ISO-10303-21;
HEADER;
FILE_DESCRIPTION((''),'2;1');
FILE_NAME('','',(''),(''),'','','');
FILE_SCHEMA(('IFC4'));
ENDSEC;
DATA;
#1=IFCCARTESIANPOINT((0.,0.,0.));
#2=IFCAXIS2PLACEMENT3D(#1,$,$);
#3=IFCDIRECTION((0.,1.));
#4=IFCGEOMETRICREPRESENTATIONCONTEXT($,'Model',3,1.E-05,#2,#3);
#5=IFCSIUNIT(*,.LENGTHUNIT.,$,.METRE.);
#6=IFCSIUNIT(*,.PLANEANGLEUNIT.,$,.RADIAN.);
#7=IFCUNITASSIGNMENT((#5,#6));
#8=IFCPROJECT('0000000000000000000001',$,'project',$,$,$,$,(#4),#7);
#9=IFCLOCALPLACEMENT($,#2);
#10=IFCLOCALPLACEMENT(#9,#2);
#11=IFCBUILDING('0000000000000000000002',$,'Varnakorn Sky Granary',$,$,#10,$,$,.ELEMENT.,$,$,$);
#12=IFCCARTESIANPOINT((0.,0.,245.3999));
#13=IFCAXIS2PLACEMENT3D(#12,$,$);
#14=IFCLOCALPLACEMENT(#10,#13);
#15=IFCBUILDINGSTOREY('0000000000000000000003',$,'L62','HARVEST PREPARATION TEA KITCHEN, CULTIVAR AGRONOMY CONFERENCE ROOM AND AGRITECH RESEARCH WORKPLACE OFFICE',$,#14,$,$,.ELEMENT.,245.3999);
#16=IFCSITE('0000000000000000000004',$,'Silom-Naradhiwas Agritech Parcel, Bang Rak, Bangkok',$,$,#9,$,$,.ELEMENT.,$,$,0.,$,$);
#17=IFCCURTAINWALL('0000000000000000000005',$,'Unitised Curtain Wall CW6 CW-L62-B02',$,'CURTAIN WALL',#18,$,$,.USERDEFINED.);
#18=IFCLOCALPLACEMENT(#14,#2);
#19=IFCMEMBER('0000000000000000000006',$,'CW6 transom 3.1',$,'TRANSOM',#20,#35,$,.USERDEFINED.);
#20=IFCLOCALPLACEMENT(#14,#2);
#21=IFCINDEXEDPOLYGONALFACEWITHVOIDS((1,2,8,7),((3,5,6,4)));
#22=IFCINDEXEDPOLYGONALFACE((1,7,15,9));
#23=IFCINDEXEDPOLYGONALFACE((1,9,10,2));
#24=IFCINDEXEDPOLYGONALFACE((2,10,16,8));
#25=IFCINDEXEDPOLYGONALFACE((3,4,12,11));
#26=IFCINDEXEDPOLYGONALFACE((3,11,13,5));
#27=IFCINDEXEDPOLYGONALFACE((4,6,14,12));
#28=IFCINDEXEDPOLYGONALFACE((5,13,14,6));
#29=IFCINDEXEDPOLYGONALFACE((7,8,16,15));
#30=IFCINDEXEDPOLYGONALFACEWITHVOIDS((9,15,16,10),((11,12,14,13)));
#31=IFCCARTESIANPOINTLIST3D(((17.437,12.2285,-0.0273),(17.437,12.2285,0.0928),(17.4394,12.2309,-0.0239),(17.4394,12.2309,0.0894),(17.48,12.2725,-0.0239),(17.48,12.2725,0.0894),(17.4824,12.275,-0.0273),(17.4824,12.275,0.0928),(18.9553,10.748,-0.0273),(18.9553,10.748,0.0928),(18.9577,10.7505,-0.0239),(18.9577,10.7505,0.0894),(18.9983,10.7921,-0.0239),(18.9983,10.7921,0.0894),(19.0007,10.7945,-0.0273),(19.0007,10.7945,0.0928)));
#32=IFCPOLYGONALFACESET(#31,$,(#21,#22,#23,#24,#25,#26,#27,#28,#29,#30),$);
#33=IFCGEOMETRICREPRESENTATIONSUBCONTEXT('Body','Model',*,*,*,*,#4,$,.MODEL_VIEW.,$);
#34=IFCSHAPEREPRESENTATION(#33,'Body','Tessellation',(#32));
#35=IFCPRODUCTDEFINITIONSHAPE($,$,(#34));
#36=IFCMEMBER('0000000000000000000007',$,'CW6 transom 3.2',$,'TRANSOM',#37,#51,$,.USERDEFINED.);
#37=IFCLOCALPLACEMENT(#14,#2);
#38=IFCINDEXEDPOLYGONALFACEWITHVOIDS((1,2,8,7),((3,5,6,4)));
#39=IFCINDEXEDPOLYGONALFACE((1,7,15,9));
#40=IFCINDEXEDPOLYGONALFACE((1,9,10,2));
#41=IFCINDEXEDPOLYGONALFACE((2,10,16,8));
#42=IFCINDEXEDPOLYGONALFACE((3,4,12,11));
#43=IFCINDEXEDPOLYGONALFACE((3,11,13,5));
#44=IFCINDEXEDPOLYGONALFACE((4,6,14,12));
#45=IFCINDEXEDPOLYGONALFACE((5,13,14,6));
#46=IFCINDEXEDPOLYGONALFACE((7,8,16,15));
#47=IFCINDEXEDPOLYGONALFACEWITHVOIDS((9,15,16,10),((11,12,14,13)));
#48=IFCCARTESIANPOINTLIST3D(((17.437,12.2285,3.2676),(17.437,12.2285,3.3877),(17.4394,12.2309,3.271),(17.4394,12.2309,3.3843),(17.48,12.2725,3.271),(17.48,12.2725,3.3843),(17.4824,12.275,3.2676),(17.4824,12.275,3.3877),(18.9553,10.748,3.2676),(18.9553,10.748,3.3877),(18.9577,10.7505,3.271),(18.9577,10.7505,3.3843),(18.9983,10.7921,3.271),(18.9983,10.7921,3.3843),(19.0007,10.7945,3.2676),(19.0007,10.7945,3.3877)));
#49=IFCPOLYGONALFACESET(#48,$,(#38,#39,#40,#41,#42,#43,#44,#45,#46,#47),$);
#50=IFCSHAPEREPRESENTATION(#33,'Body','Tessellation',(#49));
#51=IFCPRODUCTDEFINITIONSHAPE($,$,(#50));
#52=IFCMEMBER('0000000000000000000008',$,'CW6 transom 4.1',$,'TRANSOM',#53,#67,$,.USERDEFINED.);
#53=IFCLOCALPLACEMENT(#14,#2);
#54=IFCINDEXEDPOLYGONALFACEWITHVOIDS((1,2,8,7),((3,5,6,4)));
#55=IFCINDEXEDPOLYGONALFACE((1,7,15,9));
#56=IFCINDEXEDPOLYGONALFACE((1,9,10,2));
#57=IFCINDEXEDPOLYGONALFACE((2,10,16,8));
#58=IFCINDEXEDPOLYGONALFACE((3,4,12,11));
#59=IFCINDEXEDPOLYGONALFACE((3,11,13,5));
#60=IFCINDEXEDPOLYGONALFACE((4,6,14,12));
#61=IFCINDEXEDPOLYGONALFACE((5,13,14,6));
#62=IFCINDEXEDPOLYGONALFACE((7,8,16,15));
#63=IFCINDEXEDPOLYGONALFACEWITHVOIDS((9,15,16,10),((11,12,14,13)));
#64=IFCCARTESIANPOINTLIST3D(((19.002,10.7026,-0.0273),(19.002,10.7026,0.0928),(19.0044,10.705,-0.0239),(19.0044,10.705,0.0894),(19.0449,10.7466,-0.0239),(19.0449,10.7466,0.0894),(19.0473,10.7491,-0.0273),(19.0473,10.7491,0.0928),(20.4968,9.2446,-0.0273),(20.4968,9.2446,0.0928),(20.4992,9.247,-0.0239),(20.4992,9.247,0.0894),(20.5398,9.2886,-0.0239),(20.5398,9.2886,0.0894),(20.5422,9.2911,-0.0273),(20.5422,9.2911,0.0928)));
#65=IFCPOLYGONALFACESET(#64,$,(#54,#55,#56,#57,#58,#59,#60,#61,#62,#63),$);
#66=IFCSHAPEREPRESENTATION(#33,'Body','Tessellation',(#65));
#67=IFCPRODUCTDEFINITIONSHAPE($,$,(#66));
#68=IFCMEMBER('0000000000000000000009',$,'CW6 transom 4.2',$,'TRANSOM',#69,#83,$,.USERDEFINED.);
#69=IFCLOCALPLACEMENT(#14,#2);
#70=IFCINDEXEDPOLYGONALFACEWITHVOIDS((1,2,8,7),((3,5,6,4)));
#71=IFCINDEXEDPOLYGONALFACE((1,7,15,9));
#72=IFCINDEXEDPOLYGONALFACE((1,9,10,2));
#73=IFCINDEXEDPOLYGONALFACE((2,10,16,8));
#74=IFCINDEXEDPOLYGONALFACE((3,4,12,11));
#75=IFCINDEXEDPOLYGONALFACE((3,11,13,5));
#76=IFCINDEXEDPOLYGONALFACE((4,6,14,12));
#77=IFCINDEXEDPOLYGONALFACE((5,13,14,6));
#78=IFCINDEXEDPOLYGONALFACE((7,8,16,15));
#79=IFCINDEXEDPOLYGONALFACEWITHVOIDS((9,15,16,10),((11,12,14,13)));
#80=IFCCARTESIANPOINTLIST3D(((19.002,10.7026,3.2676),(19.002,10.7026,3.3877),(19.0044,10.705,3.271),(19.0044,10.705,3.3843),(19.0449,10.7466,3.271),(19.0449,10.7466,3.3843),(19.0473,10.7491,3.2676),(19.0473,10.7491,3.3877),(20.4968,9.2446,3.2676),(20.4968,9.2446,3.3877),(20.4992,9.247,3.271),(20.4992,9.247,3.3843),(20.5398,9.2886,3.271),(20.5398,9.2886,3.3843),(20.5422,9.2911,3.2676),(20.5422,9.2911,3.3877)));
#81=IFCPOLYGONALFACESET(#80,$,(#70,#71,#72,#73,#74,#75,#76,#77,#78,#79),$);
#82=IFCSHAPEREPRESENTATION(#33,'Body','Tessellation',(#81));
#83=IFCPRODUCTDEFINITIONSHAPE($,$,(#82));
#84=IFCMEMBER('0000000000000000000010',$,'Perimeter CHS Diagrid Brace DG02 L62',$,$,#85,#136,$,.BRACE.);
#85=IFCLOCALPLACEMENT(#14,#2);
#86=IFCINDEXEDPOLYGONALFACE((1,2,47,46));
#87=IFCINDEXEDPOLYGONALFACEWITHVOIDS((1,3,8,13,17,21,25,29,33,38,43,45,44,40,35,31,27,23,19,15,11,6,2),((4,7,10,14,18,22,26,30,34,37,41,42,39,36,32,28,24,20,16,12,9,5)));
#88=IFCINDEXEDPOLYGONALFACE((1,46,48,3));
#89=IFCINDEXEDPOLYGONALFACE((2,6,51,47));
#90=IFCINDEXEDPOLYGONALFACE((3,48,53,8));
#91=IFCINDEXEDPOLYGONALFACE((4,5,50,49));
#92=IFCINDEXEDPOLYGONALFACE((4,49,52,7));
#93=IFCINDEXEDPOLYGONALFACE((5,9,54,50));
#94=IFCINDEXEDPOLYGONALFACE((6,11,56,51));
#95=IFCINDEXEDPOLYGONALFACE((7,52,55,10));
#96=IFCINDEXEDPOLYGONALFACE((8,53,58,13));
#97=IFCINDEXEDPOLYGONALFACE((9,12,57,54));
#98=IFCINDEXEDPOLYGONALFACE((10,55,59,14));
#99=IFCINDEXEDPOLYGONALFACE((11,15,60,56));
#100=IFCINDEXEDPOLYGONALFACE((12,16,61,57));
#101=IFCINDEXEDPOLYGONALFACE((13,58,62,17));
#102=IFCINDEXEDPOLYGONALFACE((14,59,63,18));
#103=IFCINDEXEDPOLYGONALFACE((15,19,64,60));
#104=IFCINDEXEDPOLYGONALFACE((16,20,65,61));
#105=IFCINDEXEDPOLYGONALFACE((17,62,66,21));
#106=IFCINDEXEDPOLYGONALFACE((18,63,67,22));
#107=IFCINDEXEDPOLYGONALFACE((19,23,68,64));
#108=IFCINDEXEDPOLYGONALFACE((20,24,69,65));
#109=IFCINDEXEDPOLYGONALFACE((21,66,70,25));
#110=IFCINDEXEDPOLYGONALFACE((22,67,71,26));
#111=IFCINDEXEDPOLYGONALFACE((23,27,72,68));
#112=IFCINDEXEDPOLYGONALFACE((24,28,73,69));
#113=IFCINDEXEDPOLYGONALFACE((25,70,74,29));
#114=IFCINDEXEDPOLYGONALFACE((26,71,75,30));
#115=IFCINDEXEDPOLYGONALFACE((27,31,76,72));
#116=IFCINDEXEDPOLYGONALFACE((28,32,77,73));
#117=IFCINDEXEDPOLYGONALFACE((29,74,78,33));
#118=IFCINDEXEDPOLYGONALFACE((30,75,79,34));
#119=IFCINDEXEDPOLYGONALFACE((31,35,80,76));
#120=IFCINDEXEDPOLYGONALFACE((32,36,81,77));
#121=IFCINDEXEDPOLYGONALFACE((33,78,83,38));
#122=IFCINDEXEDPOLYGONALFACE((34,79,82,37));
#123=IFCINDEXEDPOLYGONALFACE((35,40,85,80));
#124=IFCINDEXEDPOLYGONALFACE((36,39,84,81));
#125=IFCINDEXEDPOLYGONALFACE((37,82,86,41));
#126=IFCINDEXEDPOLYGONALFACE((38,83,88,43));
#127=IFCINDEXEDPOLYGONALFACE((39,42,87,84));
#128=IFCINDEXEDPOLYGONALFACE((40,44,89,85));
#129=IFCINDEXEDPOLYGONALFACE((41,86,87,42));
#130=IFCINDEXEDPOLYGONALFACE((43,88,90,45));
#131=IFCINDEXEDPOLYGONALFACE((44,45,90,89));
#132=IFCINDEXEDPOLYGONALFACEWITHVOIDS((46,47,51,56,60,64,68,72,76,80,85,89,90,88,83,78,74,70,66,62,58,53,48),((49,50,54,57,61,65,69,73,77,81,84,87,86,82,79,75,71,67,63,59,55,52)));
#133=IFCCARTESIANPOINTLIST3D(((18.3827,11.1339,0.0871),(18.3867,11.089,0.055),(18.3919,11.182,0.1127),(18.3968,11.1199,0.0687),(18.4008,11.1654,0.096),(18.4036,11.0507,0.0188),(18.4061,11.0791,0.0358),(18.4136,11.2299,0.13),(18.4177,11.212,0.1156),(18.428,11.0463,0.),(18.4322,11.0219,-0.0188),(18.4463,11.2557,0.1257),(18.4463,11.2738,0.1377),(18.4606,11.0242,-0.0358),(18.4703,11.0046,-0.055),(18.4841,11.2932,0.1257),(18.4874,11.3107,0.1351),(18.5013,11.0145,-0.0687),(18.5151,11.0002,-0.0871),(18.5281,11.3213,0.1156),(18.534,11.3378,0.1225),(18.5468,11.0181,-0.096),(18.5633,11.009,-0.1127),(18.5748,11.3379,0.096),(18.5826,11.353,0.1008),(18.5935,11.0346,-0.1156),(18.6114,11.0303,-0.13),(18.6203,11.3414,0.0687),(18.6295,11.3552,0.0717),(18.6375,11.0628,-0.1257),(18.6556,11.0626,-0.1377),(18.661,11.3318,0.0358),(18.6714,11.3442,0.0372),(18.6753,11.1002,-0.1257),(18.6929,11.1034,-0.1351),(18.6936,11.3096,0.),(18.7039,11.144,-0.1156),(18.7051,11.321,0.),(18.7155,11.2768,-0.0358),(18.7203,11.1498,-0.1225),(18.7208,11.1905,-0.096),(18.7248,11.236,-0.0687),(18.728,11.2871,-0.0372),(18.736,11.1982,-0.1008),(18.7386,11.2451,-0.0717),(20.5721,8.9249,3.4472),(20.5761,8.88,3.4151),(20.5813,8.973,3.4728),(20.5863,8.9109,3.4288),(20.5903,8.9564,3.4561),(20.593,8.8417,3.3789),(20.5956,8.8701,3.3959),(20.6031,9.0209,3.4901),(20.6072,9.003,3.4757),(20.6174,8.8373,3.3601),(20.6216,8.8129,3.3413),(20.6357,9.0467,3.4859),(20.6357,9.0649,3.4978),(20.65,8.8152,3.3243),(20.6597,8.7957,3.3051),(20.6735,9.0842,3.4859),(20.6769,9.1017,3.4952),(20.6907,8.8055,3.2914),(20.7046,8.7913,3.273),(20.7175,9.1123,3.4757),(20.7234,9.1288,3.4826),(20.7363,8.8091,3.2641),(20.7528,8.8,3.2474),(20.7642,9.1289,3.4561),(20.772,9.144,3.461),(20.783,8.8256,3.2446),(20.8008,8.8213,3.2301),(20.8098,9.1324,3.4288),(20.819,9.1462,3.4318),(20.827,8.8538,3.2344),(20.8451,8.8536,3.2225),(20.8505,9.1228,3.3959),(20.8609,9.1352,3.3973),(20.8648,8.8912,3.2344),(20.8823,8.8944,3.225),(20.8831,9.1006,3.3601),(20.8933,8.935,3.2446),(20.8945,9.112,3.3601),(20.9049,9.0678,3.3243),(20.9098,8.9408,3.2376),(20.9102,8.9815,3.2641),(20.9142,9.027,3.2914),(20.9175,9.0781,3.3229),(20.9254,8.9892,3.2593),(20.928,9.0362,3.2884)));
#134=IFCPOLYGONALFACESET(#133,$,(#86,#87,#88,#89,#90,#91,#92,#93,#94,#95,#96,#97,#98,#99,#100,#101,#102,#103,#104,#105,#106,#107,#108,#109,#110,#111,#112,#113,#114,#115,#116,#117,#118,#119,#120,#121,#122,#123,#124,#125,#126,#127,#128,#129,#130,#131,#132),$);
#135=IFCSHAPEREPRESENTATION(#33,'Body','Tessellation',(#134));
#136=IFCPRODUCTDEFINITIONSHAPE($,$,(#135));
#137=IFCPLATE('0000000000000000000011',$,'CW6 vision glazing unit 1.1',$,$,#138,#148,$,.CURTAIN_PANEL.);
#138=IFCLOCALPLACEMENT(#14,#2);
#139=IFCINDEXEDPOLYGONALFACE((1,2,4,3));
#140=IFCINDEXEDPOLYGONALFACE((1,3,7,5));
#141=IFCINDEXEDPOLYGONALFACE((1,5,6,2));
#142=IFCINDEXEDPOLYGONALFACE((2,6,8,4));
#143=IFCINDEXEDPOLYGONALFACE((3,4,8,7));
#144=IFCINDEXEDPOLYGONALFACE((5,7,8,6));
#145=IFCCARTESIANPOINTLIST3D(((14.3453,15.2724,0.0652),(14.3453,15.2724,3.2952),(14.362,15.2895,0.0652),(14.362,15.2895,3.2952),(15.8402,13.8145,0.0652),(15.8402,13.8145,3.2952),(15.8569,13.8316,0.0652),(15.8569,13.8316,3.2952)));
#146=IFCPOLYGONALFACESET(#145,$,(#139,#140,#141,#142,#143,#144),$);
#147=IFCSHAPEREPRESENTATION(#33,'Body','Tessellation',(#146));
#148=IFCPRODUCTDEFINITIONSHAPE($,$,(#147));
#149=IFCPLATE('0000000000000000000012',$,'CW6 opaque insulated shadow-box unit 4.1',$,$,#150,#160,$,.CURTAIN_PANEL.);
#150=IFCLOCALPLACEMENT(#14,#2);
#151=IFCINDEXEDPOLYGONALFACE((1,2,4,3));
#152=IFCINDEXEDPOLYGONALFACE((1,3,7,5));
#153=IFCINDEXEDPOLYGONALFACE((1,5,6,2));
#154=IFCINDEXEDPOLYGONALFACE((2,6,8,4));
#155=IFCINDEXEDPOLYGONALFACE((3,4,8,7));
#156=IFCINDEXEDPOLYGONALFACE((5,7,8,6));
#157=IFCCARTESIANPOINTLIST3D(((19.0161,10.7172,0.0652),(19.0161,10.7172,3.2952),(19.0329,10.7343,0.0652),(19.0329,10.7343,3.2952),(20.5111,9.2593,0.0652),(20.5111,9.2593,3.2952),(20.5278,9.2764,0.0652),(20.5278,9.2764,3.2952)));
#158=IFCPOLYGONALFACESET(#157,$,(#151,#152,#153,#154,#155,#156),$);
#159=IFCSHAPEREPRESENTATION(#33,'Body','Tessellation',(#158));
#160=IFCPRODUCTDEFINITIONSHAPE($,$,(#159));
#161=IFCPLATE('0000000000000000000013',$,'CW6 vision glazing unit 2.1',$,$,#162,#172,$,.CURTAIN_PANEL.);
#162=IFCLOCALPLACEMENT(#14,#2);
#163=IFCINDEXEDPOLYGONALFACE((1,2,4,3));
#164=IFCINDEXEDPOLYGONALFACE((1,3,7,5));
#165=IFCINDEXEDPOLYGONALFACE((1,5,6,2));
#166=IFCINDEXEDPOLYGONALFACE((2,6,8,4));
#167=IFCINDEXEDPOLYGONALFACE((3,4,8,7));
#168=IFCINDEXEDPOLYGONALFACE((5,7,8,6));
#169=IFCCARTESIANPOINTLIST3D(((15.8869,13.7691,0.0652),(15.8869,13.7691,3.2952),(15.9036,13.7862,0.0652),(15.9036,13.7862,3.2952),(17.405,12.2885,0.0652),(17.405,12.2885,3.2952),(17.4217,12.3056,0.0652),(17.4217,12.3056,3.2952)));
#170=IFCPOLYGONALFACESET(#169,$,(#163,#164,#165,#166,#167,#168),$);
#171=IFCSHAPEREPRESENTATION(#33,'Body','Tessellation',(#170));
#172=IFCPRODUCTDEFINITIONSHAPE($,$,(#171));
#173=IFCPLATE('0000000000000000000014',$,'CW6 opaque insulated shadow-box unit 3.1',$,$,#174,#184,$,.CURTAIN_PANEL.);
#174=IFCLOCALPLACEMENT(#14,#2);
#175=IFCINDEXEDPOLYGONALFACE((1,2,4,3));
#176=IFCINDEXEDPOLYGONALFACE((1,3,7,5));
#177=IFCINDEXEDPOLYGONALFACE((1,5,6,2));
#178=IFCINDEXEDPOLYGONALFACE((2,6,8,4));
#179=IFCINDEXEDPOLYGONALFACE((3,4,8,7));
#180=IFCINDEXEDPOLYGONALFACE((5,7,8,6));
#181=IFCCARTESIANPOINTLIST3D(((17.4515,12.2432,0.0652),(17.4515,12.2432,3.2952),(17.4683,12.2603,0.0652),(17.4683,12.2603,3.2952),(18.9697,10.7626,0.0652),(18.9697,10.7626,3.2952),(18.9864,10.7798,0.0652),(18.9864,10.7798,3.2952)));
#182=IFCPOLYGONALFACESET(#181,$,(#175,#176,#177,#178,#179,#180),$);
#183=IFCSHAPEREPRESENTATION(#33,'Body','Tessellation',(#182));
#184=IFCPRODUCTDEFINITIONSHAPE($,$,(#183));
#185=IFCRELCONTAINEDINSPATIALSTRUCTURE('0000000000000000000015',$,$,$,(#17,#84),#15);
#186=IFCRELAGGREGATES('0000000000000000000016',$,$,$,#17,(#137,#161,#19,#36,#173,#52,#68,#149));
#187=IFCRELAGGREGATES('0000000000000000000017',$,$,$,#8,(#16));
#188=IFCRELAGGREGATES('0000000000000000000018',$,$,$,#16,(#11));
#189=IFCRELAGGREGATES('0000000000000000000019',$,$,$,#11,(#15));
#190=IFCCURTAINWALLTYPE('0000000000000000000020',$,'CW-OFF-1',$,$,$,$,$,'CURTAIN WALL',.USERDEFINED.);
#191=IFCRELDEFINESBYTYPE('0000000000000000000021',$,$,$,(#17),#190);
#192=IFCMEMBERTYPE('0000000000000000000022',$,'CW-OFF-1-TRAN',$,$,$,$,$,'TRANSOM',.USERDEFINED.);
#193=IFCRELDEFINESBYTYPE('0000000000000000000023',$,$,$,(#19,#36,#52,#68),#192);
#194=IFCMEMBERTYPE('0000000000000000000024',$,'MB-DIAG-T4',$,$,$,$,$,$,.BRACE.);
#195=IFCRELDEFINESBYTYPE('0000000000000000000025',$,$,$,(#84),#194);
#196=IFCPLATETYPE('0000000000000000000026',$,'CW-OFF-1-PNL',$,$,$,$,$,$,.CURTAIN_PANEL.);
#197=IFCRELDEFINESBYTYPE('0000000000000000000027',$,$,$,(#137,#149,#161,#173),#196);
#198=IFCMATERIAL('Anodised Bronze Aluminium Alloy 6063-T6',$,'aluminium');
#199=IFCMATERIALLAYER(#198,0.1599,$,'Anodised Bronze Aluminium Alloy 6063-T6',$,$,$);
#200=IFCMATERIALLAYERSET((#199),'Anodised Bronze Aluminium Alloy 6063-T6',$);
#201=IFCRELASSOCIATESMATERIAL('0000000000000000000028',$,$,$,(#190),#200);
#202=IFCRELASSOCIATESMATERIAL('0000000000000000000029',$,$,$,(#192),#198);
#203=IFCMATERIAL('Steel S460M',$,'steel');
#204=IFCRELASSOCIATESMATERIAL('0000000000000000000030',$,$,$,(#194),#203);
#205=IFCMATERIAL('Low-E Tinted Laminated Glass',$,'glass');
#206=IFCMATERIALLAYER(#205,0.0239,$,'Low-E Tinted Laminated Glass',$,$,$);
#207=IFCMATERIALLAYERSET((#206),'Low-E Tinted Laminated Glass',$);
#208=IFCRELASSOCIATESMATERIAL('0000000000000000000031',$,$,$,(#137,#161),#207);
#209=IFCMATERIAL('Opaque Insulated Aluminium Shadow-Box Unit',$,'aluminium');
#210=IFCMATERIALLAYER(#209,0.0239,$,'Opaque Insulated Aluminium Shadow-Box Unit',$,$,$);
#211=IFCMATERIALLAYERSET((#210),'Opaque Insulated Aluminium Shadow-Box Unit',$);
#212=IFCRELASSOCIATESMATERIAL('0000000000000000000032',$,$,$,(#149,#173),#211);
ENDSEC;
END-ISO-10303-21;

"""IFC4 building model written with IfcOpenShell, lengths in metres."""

from ifc_helpers import new_model, si_unit, direction, frame, origin, origin_2d, place, context, subcontext, project, spatial, rectangle, hollow_rectangle, hollow_circle, extrude, source, transform, mapped, material, layer, layer_set, material_profile, profile_set, type_object, type_shapes, element, aggregate, save


model = new_model("IFC4")

# Units and contexts
model_context = context("Model", 3, precision=1e-05, world=origin(), true_north=direction((0.0, 1.0)))
body_context = subcontext(model_context, "Body", "Model", "MODEL_VIEW")
ifc_project = project(units=[si_unit("LENGTHUNIT", "METRE"), si_unit("PLANEANGLEUNIT", "RADIAN")], contexts=[model_context])

# Site, building, storey
site_placement = place(None, origin())
site = spatial("IfcSite", under=ifc_project, at=site_placement, Name="Silom-Naradhiwas Agritech Parcel, Bang Rak, Bangkok", CompositionType="ELEMENT", RefElevation=0.0)
building_placement = place(site_placement, origin())
building = spatial("IfcBuilding", under=site, at=building_placement, Name="Varnakorn Sky Granary", CompositionType="ELEMENT")
storey_placement = place(building_placement, frame((0.0, 0.0, 245.3999)))
storey = spatial("IfcBuildingStorey", under=building, at=storey_placement, Name="L62", Description="HARVEST PREPARATION TEA KITCHEN, CULTIVAR AGRONOMY CONFERENCE ROOM AND AGRITECH RESEARCH WORKPLACE OFFICE", CompositionType="ELEMENT", Elevation=245.3999)

# Curtain wall, members
ifc_material_1 = material(Name="Anodised Bronze Aluminium Alloy 6063-T6", Category="aluminium")
ifc_layer_1 = layer(ifc_material_1, 0.1599, Name="Anodised Bronze Aluminium Alloy 6063-T6")
ifc_layer_set_1 = layer_set([ifc_layer_1], Name="Anodised Bronze Aluminium Alloy 6063-T6")
curtain_wall_type = type_object("IfcCurtainWallType", Name="CW-OFF-1", ElementType="CURTAIN WALL", PredefinedType="USERDEFINED", material=ifc_layer_set_1)
curtain_wall_placement = place(storey_placement, origin())
curtain_wall = element("IfcCurtainWall", 1, at=curtain_wall_placement, inside=storey, type_object=curtain_wall_type, Name="Unitised Curtain Wall CW6 CW-L62-B02", ObjectType="CURTAIN WALL", PredefinedType="USERDEFINED")
ifc_material_profile_1 = material_profile(ifc_material_1, hollow_rectangle(XDim=0.0649, YDim=0.1201, WallThickness=0.0034, at=origin_2d()), Name="ALU TRAN 65x120")
ifc_profile_set_1 = profile_set([ifc_material_profile_1], Name="Anodised Bronze Aluminium Alloy 6063-T6")
member_type_1 = type_object("IfcMemberType", Name="CW-OFF-1-TRAN", ElementType="TRANSOM", PredefinedType="USERDEFINED", material=ifc_profile_set_1)
member_1_placement = place(storey_placement, frame((17.4597, 12.2517, 0.0327), z_axis=(0.715973, -0.698128, 0.0), x_axis=(0.698128, 0.715973, 0.0)))
member_1 = element("IfcMember", 2, at=member_1_placement, type_object=member_type_1, Name="CW6 transom 3.1", ObjectType="TRANSOM", PredefinedType="USERDEFINED", context=body_context, shape_type="SweptSolid", body=[
    extrude(hollow_rectangle(XDim=0.0649, YDim=0.1201, WallThickness=0.0034, at=origin_2d()), origin(), (0.0, 0.0, 1.0), 2.1206),
])
member_2_placement = place(storey_placement, frame((17.4597, 12.2517, 3.3276), z_axis=(0.715973, -0.698128, 0.0), x_axis=(0.698128, 0.715973, 0.0)))
member_2 = element("IfcMember", 3, at=member_2_placement, type_object=member_type_1, Name="CW6 transom 3.2", ObjectType="TRANSOM", PredefinedType="USERDEFINED", context=body_context, shape_type="SweptSolid", body=[
    extrude(hollow_rectangle(XDim=0.0649, YDim=0.1201, WallThickness=0.0034, at=origin_2d()), origin(), (0.0, 0.0, 1.0), 2.1206),
])
member_3_placement = place(storey_placement, frame((19.0247, 10.7258, 0.0327), z_axis=(0.715879, -0.698224, 0.0), x_axis=(0.698224, 0.715879, 0.0)))
member_3 = element("IfcMember", 4, at=member_3_placement, type_object=member_type_1, Name="CW6 transom 4.1", ObjectType="TRANSOM", PredefinedType="USERDEFINED", context=body_context, shape_type="SweptSolid", body=[
    extrude(hollow_rectangle(XDim=0.0649, YDim=0.1201, WallThickness=0.0034, at=origin_2d()), origin(), (0.0, 0.0, 1.0), 2.0881),
])
member_4_placement = place(storey_placement, frame((19.0247, 10.7258, 3.3276), z_axis=(0.715879, -0.698224, 0.0), x_axis=(0.698224, 0.715879, 0.0)))
member_4 = element("IfcMember", 5, at=member_4_placement, type_object=member_type_1, Name="CW6 transom 4.2", ObjectType="TRANSOM", PredefinedType="USERDEFINED", context=body_context, shape_type="SweptSolid", body=[
    extrude(hollow_rectangle(XDim=0.0649, YDim=0.1201, WallThickness=0.0034, at=origin_2d()), origin(), (0.0, 0.0, 1.0), 2.0881),
])

# Member
ifc_material_2 = material(Name="Steel S460M", Category="steel")
ifc_material_profile_2 = material_profile(ifc_material_2, hollow_circle(Radius=0.2031, WallThickness=0.0161, at=origin_2d()), Name="CHS 406.4x16")
ifc_profile_set_2 = profile_set([ifc_material_profile_2], Name="Steel S460M")
member_type_2 = type_object("IfcMemberType", Name="MB-DIAG-T4", PredefinedType="BRACE", material=ifc_profile_set_2)
member_5_placement = place(storey_placement, frame((18.5608, 11.178, 0.0), z_axis=(0.478192, -0.482458, 0.733871), x_axis=(0.71024, 0.70396, 0.0)))
element("IfcMember", 6, at=member_5_placement, inside=storey, type_object=member_type_2, Name="Perimeter CHS Diagrid Brace DG02 L62", PredefinedType="BRACE", context=body_context, shape_type="SweptSolid", body=[
    extrude(hollow_circle(Radius=0.2031, WallThickness=0.0161, at=origin_2d()), origin(), (0.0, 0.0, 1.0), 4.5786),
])

# Plates
ifc_material_3 = material(Name="Low-E Tinted Laminated Glass", Category="glass")
ifc_layer_2 = layer(ifc_material_3, 0.0239, Name="Low-E Tinted Laminated Glass")
ifc_layer_set_2 = layer_set([ifc_layer_2], Name="Low-E Tinted Laminated Glass")
plate_type = type_object("IfcPlateType", Name="CW-OFF-1-PNL", PredefinedType="CURTAIN_PANEL")
shared_shape_1 = source(origin(), body_context, "Body", "SweptSolid", [
    extrude(rectangle(XDim=2.0881, YDim=0.0239, at=origin_2d()), origin(), (0.0, 0.0, 1.0), 3.23),
])
plate_1_placement = place(storey_placement, frame((15.1011, 14.552, 0.0652), z_axis=(0.0, 0.0, 1.0), x_axis=(0.715922, -0.698181, 0.0)))
plate_1 = element("IfcPlate", 7, at=plate_1_placement, type_object=plate_type, material=ifc_layer_set_2, Name="CW6 vision glazing unit 1.1", PredefinedType="CURTAIN_PANEL", context=body_context, shape_type="MappedRepresentation", body=[
    mapped(shared_shape_1, transform((0.0, 0.0, 0.0), x_axis=(1.0, 0.0, 0.0), y_axis=(0.0, 1.0, 0.0), z_axis=(0.0, 0.0, 1.0), scale=1.0)),
])
ifc_material_4 = material(Name="Opaque Insulated Aluminium Shadow-Box Unit", Category="aluminium")
ifc_layer_3 = layer(ifc_material_4, 0.0239, Name="Opaque Insulated Aluminium Shadow-Box Unit")
ifc_layer_set_3 = layer_set([ifc_layer_3], Name="Opaque Insulated Aluminium Shadow-Box Unit")
plate_2_placement = place(storey_placement, frame((19.772, 9.9968, 0.0652), z_axis=(0.0, 0.0, 1.0), x_axis=(0.715922, -0.698181, 0.0)))
plate_2 = element("IfcPlate", 8, at=plate_2_placement, type_object=plate_type, material=ifc_layer_set_3, Name="CW6 opaque insulated shadow-box unit 4.1", PredefinedType="CURTAIN_PANEL", context=body_context, shape_type="MappedRepresentation", body=[
    mapped(shared_shape_1, transform((0.0, 0.0, 0.0), x_axis=(1.0, 0.0, 0.0), y_axis=(0.0, 1.0, 0.0), z_axis=(0.0, 0.0, 1.0), scale=1.0)),
])
shared_shape_2 = source(origin(), body_context, "Body", "SweptSolid", [
    extrude(rectangle(XDim=2.1206, YDim=0.0239, at=origin_2d()), origin(), (0.0, 0.0, 1.0), 3.23),
])
type_shapes(plate_type, [shared_shape_1, shared_shape_2])
plate_3_placement = place(storey_placement, frame((16.6543, 13.0374, 0.0652), z_axis=(0.0, 0.0, 1.0), x_axis=(0.715922, -0.698181, 0.0)))
plate_3 = element("IfcPlate", 9, at=plate_3_placement, type_object=plate_type, material=ifc_layer_set_2, Name="CW6 vision glazing unit 2.1", PredefinedType="CURTAIN_PANEL", context=body_context, shape_type="MappedRepresentation", body=[
    mapped(shared_shape_2, transform((0.0, 0.0, 0.0), x_axis=(1.0, 0.0, 0.0), y_axis=(0.0, 1.0, 0.0), z_axis=(0.0, 0.0, 1.0), scale=1.0)),
])
plate_4_placement = place(storey_placement, frame((18.219, 11.5115, 0.0652), z_axis=(0.0, 0.0, 1.0), x_axis=(0.715922, -0.698181, 0.0)))
plate_4 = element("IfcPlate", 10, at=plate_4_placement, type_object=plate_type, material=ifc_layer_set_3, Name="CW6 opaque insulated shadow-box unit 3.1", PredefinedType="CURTAIN_PANEL", context=body_context, shape_type="MappedRepresentation", body=[
    mapped(shared_shape_2, transform((0.0, 0.0, 0.0), x_axis=(1.0, 0.0, 0.0), y_axis=(0.0, 1.0, 0.0), z_axis=(0.0, 0.0, 1.0), scale=1.0)),
])
aggregate(curtain_wall, [plate_1, plate_3, member_1, member_2, plate_4, member_3, member_4, plate_2])

save(model, "model.ifc")
